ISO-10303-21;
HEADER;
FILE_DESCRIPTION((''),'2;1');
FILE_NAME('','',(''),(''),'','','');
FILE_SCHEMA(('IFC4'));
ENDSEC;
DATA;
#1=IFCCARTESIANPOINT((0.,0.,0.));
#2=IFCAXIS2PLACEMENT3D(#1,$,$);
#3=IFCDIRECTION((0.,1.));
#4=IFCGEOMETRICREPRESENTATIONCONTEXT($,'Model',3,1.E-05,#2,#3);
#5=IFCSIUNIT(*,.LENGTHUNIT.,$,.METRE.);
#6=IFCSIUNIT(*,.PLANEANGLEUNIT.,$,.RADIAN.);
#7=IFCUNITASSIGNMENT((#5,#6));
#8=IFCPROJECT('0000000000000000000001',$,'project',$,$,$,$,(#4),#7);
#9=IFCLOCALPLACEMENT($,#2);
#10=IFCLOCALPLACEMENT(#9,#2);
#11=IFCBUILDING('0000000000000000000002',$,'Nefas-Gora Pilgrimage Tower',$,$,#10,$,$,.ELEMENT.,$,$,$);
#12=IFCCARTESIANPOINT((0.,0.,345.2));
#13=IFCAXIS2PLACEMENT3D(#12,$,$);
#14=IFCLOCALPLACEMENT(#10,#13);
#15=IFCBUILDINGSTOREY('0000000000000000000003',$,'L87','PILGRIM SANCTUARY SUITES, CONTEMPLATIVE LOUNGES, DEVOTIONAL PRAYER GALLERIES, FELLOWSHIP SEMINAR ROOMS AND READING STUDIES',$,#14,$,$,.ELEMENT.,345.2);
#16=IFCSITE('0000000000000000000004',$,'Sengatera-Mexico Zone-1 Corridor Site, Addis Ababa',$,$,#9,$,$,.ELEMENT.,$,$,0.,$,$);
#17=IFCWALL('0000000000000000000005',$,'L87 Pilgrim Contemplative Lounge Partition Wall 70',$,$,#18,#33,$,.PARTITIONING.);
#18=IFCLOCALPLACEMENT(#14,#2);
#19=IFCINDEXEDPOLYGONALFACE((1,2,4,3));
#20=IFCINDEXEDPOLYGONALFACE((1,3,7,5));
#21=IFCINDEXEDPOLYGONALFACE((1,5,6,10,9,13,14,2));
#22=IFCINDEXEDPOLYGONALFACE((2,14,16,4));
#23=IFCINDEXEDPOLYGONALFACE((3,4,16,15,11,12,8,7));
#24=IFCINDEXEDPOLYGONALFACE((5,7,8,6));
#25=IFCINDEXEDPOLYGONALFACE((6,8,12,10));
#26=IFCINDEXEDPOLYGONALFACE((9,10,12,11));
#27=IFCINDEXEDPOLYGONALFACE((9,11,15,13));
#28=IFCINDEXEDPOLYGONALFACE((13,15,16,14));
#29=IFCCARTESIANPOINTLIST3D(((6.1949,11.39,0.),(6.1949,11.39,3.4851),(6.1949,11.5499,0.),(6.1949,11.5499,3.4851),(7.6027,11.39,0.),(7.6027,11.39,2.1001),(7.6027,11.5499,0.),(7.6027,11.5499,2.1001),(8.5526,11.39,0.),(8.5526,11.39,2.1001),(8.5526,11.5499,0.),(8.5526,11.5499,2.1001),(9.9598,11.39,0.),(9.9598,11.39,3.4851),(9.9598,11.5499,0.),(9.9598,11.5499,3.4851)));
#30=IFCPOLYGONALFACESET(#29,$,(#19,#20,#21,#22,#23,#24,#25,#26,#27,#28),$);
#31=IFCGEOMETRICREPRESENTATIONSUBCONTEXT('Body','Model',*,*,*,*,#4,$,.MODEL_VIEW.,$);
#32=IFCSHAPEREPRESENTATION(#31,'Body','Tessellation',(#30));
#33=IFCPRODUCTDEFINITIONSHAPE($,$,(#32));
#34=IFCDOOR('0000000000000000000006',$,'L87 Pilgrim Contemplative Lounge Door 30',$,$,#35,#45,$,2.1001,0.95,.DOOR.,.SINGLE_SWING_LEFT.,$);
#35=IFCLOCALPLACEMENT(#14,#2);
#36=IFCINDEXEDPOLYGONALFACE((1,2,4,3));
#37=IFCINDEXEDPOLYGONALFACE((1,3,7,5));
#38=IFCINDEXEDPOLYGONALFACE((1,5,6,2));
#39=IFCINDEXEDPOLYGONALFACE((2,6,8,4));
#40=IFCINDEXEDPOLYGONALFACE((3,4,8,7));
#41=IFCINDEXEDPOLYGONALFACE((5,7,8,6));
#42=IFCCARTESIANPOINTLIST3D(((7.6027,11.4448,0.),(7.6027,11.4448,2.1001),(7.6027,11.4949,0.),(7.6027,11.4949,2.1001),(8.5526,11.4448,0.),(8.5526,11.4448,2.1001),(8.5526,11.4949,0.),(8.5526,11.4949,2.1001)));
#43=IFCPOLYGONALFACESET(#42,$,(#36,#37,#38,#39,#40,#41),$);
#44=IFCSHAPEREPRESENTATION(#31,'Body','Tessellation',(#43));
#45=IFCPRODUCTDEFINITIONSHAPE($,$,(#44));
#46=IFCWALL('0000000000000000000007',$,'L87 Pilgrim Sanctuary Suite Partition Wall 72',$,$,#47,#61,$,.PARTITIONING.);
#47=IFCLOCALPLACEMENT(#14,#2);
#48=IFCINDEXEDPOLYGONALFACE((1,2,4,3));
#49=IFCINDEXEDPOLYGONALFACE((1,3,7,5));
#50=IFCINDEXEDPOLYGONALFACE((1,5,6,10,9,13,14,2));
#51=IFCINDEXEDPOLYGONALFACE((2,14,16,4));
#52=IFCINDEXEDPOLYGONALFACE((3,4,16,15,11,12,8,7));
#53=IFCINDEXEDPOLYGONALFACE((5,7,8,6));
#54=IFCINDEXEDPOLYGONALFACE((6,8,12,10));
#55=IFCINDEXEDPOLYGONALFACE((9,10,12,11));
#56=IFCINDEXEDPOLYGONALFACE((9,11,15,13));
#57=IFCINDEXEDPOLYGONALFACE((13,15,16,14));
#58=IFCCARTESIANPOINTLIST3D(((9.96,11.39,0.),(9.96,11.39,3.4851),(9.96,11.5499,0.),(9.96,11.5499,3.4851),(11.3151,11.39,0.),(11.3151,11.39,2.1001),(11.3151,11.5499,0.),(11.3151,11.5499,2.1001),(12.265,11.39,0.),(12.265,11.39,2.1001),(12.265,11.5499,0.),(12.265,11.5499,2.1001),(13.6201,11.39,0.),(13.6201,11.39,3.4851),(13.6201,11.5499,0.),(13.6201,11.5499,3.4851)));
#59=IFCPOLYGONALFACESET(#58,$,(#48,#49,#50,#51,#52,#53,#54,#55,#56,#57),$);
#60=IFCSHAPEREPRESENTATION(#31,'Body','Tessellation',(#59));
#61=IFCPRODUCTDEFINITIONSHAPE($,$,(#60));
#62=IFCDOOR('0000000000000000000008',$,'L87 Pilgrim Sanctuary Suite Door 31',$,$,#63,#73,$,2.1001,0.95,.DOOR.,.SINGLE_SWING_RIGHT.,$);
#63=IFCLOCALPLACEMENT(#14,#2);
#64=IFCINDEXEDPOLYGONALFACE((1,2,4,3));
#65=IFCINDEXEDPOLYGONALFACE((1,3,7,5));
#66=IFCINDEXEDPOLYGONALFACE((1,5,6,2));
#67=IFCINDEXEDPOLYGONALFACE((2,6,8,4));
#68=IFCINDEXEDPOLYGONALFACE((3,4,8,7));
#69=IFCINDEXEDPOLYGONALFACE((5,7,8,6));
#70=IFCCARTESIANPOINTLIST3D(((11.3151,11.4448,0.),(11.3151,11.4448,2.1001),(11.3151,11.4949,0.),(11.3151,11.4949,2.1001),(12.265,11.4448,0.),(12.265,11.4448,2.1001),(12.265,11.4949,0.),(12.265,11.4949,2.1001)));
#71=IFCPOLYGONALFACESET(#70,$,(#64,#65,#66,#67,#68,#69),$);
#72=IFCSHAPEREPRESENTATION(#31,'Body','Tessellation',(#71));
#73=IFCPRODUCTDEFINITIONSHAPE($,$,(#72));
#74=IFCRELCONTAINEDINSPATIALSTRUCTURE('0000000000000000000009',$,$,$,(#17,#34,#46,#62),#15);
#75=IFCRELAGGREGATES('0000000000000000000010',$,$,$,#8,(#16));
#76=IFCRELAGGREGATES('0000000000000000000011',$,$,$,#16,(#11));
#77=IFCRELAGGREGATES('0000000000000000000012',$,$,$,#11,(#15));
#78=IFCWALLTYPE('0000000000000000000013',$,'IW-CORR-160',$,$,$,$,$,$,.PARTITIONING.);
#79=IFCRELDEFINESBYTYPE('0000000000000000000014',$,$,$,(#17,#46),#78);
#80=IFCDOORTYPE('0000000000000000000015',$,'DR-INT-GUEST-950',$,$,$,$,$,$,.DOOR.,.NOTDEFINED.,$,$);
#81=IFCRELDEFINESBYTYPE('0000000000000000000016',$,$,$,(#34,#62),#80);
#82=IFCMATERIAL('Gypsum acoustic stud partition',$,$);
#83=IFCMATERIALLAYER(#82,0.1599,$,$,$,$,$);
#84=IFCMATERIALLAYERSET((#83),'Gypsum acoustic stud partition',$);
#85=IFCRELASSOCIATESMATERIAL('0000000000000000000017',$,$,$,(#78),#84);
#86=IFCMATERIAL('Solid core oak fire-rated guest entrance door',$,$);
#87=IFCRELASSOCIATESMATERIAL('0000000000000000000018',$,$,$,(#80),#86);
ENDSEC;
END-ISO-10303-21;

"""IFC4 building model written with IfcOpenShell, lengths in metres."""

from ifc_helpers import new_model, si_unit, direction, frame, frame_2d, origin, place, context, subcontext, project, spatial, rectangle, extrude, source, transform, mapped, material, layer, layer_set, type_object, element, fill, save


model = new_model("IFC4")

# Units and contexts
model_context = context("Model", 3, precision=1e-05, world=origin(), true_north=direction((0.0, 1.0)))
body_context = subcontext(model_context, "Body", "Model", "MODEL_VIEW")
ifc_project = project(units=[si_unit("LENGTHUNIT", "METRE"), si_unit("PLANEANGLEUNIT", "RADIAN")], contexts=[model_context])

# Site, building, storey
site_placement = place(None, origin())
site = spatial("IfcSite", under=ifc_project, at=site_placement, Name="Sengatera-Mexico Zone-1 Corridor Site, Addis Ababa", CompositionType="ELEMENT", RefElevation=0.0)
building_placement = place(site_placement, origin())
building = spatial("IfcBuilding", under=site, at=building_placement, Name="Nefas-Gora Pilgrimage Tower", CompositionType="ELEMENT")
storey_placement = place(building_placement, frame((0.0, 0.0, 345.2)))
storey = spatial("IfcBuildingStorey", under=building, at=storey_placement, Name="L87", Description="PILGRIM SANCTUARY SUITES, CONTEMPLATIVE LOUNGES, DEVOTIONAL PRAYER GALLERIES, FELLOWSHIP SEMINAR ROOMS AND READING STUDIES", CompositionType="ELEMENT", Elevation=345.2)

# Shared definitions
ifc_material_1 = material(Name="Gypsum acoustic stud partition")
ifc_layer_1 = layer(ifc_material_1, 0.1599)
ifc_layer_set_1 = layer_set([ifc_layer_1], Name="Gypsum acoustic stud partition")
wall_type_1 = type_object("IfcWallType", Name="IW-CORR-160", PredefinedType="PARTITIONING", material=ifc_layer_set_1)

# Walls, openings, doors
ifc_material_2 = material(Name="Solid core oak fire-rated guest entrance door")
door_type_1 = type_object("IfcDoorType", Name="DR-INT-GUEST-950", OperationType="NOTDEFINED", PredefinedType="DOOR", material=ifc_material_2)
shared_shape_1 = source(origin(), body_context, "Body", "SweptSolid", [
    extrude(rectangle(XDim=0.95, YDim=2.1001, at=frame_2d((0.4751, 1.05))), frame((0.0, 0.0249, 0.0), z_axis=(0.0, -1.0, 0.0), x_axis=(1.0, 0.0, 0.0)), (0.0, 0.0, 1.0), 0.05),
])
shared_shape_2 = source(origin(), body_context, "Body", "SweptSolid", [
    extrude(rectangle(XDim=3.7649, YDim=0.1599, at=frame_2d((1.8823, 0.0))), origin(), (0.0, 0.0, 1.0), 3.4851),
])
wall_1_placement = place(storey_placement, frame((6.1951, 11.47, 0.0), z_axis=(0.0, 0.0, 1.0), x_axis=(1.0, 0.0, 0.0)))
wall_1 = element("IfcWall", 1, at=wall_1_placement, inside=storey, type_object=wall_type_1, Name="L87 Pilgrim Contemplative Lounge Partition Wall 70", PredefinedType="PARTITIONING", context=body_context, shape_type="MappedRepresentation", body=[
    mapped(shared_shape_2, transform((0.0, 0.0, 0.0), x_axis=(1.0, 0.0, 0.0), y_axis=(0.0, 1.0, 0.0), z_axis=(0.0, 0.0, 1.0), scale=1.0)),
])
opening_1_placement = place(wall_1_placement, frame((1.4075, 0.0, 0.0)))
opening_1 = element("IfcOpeningElement", 2, at=opening_1_placement, cuts=wall_1, PredefinedType="OPENING", context=body_context, shape_type="SweptSolid", body=[
    extrude(rectangle(XDim=0.95, YDim=2.1001, at=frame_2d((0.4751, 1.05))), frame((0.0, 0.0898, 0.0), z_axis=(0.0, -1.0, 0.0), x_axis=(1.0, 0.0, 0.0)), (0.0, 0.0, 1.0), 0.1799),
])
door_1_placement = place(opening_1_placement, origin())
door_1 = element("IfcDoor", 3, at=door_1_placement, inside=storey, type_object=door_type_1, Name="L87 Pilgrim Contemplative Lounge Door 30", OperationType="SINGLE_SWING_LEFT", OverallHeight=2.1001, OverallWidth=0.95, PredefinedType="DOOR", context=body_context, shape_type="MappedRepresentation", body=[
    mapped(shared_shape_1, transform((0.0, 0.0, 0.0), x_axis=(1.0, 0.0, 0.0), y_axis=(0.0, 1.0, 0.0), z_axis=(0.0, 0.0, 1.0), scale=1.0)),
])
fill(opening_1, door_1)
shared_shape_3 = source(origin(), body_context, "Body", "SweptSolid", [
    extrude(rectangle(XDim=3.6602, YDim=0.1599, at=frame_2d((1.8301, 0.0))), origin(), (0.0, 0.0, 1.0), 3.4851),
])
wall_2_placement = place(storey_placement, frame((9.96, 11.47, 0.0), z_axis=(0.0, 0.0, 1.0), x_axis=(1.0, 0.0, 0.0)))
wall_2 = element("IfcWall", 4, at=wall_2_placement, inside=storey, type_object=wall_type_1, Name="L87 Pilgrim Sanctuary Suite Partition Wall 72", PredefinedType="PARTITIONING", context=body_context, shape_type="MappedRepresentation", body=[
    mapped(shared_shape_3, transform((0.0, 0.0, 0.0), x_axis=(1.0, 0.0, 0.0), y_axis=(0.0, 1.0, 0.0), z_axis=(0.0, 0.0, 1.0), scale=1.0)),
])
opening_2_placement = place(wall_2_placement, frame((1.355, 0.0, 0.0)))
opening_2 = element("IfcOpeningElement", 5, at=opening_2_placement, cuts=wall_2, PredefinedType="OPENING", context=body_context, shape_type="SweptSolid", body=[
    extrude(rectangle(XDim=0.95, YDim=2.1001, at=frame_2d((0.4751, 1.05))), frame((0.0, 0.0898, 0.0), z_axis=(0.0, -1.0, 0.0), x_axis=(1.0, 0.0, 0.0)), (0.0, 0.0, 1.0), 0.1799),
])
door_2_placement = place(opening_2_placement, origin())
door_2 = element("IfcDoor", 6, at=door_2_placement, inside=storey, type_object=door_type_1, Name="L87 Pilgrim Sanctuary Suite Door 31", OperationType="SINGLE_SWING_RIGHT", OverallHeight=2.1001, OverallWidth=0.95, PredefinedType="DOOR", context=body_context, shape_type="MappedRepresentation", body=[
    mapped(shared_shape_1, transform((0.0, 0.0, 0.0), x_axis=(1.0, 0.0, 0.0), y_axis=(0.0, 1.0, 0.0), z_axis=(0.0, 0.0, 1.0), scale=1.0)),
])
fill(opening_2, door_2)

save(model, "model.ifc")
